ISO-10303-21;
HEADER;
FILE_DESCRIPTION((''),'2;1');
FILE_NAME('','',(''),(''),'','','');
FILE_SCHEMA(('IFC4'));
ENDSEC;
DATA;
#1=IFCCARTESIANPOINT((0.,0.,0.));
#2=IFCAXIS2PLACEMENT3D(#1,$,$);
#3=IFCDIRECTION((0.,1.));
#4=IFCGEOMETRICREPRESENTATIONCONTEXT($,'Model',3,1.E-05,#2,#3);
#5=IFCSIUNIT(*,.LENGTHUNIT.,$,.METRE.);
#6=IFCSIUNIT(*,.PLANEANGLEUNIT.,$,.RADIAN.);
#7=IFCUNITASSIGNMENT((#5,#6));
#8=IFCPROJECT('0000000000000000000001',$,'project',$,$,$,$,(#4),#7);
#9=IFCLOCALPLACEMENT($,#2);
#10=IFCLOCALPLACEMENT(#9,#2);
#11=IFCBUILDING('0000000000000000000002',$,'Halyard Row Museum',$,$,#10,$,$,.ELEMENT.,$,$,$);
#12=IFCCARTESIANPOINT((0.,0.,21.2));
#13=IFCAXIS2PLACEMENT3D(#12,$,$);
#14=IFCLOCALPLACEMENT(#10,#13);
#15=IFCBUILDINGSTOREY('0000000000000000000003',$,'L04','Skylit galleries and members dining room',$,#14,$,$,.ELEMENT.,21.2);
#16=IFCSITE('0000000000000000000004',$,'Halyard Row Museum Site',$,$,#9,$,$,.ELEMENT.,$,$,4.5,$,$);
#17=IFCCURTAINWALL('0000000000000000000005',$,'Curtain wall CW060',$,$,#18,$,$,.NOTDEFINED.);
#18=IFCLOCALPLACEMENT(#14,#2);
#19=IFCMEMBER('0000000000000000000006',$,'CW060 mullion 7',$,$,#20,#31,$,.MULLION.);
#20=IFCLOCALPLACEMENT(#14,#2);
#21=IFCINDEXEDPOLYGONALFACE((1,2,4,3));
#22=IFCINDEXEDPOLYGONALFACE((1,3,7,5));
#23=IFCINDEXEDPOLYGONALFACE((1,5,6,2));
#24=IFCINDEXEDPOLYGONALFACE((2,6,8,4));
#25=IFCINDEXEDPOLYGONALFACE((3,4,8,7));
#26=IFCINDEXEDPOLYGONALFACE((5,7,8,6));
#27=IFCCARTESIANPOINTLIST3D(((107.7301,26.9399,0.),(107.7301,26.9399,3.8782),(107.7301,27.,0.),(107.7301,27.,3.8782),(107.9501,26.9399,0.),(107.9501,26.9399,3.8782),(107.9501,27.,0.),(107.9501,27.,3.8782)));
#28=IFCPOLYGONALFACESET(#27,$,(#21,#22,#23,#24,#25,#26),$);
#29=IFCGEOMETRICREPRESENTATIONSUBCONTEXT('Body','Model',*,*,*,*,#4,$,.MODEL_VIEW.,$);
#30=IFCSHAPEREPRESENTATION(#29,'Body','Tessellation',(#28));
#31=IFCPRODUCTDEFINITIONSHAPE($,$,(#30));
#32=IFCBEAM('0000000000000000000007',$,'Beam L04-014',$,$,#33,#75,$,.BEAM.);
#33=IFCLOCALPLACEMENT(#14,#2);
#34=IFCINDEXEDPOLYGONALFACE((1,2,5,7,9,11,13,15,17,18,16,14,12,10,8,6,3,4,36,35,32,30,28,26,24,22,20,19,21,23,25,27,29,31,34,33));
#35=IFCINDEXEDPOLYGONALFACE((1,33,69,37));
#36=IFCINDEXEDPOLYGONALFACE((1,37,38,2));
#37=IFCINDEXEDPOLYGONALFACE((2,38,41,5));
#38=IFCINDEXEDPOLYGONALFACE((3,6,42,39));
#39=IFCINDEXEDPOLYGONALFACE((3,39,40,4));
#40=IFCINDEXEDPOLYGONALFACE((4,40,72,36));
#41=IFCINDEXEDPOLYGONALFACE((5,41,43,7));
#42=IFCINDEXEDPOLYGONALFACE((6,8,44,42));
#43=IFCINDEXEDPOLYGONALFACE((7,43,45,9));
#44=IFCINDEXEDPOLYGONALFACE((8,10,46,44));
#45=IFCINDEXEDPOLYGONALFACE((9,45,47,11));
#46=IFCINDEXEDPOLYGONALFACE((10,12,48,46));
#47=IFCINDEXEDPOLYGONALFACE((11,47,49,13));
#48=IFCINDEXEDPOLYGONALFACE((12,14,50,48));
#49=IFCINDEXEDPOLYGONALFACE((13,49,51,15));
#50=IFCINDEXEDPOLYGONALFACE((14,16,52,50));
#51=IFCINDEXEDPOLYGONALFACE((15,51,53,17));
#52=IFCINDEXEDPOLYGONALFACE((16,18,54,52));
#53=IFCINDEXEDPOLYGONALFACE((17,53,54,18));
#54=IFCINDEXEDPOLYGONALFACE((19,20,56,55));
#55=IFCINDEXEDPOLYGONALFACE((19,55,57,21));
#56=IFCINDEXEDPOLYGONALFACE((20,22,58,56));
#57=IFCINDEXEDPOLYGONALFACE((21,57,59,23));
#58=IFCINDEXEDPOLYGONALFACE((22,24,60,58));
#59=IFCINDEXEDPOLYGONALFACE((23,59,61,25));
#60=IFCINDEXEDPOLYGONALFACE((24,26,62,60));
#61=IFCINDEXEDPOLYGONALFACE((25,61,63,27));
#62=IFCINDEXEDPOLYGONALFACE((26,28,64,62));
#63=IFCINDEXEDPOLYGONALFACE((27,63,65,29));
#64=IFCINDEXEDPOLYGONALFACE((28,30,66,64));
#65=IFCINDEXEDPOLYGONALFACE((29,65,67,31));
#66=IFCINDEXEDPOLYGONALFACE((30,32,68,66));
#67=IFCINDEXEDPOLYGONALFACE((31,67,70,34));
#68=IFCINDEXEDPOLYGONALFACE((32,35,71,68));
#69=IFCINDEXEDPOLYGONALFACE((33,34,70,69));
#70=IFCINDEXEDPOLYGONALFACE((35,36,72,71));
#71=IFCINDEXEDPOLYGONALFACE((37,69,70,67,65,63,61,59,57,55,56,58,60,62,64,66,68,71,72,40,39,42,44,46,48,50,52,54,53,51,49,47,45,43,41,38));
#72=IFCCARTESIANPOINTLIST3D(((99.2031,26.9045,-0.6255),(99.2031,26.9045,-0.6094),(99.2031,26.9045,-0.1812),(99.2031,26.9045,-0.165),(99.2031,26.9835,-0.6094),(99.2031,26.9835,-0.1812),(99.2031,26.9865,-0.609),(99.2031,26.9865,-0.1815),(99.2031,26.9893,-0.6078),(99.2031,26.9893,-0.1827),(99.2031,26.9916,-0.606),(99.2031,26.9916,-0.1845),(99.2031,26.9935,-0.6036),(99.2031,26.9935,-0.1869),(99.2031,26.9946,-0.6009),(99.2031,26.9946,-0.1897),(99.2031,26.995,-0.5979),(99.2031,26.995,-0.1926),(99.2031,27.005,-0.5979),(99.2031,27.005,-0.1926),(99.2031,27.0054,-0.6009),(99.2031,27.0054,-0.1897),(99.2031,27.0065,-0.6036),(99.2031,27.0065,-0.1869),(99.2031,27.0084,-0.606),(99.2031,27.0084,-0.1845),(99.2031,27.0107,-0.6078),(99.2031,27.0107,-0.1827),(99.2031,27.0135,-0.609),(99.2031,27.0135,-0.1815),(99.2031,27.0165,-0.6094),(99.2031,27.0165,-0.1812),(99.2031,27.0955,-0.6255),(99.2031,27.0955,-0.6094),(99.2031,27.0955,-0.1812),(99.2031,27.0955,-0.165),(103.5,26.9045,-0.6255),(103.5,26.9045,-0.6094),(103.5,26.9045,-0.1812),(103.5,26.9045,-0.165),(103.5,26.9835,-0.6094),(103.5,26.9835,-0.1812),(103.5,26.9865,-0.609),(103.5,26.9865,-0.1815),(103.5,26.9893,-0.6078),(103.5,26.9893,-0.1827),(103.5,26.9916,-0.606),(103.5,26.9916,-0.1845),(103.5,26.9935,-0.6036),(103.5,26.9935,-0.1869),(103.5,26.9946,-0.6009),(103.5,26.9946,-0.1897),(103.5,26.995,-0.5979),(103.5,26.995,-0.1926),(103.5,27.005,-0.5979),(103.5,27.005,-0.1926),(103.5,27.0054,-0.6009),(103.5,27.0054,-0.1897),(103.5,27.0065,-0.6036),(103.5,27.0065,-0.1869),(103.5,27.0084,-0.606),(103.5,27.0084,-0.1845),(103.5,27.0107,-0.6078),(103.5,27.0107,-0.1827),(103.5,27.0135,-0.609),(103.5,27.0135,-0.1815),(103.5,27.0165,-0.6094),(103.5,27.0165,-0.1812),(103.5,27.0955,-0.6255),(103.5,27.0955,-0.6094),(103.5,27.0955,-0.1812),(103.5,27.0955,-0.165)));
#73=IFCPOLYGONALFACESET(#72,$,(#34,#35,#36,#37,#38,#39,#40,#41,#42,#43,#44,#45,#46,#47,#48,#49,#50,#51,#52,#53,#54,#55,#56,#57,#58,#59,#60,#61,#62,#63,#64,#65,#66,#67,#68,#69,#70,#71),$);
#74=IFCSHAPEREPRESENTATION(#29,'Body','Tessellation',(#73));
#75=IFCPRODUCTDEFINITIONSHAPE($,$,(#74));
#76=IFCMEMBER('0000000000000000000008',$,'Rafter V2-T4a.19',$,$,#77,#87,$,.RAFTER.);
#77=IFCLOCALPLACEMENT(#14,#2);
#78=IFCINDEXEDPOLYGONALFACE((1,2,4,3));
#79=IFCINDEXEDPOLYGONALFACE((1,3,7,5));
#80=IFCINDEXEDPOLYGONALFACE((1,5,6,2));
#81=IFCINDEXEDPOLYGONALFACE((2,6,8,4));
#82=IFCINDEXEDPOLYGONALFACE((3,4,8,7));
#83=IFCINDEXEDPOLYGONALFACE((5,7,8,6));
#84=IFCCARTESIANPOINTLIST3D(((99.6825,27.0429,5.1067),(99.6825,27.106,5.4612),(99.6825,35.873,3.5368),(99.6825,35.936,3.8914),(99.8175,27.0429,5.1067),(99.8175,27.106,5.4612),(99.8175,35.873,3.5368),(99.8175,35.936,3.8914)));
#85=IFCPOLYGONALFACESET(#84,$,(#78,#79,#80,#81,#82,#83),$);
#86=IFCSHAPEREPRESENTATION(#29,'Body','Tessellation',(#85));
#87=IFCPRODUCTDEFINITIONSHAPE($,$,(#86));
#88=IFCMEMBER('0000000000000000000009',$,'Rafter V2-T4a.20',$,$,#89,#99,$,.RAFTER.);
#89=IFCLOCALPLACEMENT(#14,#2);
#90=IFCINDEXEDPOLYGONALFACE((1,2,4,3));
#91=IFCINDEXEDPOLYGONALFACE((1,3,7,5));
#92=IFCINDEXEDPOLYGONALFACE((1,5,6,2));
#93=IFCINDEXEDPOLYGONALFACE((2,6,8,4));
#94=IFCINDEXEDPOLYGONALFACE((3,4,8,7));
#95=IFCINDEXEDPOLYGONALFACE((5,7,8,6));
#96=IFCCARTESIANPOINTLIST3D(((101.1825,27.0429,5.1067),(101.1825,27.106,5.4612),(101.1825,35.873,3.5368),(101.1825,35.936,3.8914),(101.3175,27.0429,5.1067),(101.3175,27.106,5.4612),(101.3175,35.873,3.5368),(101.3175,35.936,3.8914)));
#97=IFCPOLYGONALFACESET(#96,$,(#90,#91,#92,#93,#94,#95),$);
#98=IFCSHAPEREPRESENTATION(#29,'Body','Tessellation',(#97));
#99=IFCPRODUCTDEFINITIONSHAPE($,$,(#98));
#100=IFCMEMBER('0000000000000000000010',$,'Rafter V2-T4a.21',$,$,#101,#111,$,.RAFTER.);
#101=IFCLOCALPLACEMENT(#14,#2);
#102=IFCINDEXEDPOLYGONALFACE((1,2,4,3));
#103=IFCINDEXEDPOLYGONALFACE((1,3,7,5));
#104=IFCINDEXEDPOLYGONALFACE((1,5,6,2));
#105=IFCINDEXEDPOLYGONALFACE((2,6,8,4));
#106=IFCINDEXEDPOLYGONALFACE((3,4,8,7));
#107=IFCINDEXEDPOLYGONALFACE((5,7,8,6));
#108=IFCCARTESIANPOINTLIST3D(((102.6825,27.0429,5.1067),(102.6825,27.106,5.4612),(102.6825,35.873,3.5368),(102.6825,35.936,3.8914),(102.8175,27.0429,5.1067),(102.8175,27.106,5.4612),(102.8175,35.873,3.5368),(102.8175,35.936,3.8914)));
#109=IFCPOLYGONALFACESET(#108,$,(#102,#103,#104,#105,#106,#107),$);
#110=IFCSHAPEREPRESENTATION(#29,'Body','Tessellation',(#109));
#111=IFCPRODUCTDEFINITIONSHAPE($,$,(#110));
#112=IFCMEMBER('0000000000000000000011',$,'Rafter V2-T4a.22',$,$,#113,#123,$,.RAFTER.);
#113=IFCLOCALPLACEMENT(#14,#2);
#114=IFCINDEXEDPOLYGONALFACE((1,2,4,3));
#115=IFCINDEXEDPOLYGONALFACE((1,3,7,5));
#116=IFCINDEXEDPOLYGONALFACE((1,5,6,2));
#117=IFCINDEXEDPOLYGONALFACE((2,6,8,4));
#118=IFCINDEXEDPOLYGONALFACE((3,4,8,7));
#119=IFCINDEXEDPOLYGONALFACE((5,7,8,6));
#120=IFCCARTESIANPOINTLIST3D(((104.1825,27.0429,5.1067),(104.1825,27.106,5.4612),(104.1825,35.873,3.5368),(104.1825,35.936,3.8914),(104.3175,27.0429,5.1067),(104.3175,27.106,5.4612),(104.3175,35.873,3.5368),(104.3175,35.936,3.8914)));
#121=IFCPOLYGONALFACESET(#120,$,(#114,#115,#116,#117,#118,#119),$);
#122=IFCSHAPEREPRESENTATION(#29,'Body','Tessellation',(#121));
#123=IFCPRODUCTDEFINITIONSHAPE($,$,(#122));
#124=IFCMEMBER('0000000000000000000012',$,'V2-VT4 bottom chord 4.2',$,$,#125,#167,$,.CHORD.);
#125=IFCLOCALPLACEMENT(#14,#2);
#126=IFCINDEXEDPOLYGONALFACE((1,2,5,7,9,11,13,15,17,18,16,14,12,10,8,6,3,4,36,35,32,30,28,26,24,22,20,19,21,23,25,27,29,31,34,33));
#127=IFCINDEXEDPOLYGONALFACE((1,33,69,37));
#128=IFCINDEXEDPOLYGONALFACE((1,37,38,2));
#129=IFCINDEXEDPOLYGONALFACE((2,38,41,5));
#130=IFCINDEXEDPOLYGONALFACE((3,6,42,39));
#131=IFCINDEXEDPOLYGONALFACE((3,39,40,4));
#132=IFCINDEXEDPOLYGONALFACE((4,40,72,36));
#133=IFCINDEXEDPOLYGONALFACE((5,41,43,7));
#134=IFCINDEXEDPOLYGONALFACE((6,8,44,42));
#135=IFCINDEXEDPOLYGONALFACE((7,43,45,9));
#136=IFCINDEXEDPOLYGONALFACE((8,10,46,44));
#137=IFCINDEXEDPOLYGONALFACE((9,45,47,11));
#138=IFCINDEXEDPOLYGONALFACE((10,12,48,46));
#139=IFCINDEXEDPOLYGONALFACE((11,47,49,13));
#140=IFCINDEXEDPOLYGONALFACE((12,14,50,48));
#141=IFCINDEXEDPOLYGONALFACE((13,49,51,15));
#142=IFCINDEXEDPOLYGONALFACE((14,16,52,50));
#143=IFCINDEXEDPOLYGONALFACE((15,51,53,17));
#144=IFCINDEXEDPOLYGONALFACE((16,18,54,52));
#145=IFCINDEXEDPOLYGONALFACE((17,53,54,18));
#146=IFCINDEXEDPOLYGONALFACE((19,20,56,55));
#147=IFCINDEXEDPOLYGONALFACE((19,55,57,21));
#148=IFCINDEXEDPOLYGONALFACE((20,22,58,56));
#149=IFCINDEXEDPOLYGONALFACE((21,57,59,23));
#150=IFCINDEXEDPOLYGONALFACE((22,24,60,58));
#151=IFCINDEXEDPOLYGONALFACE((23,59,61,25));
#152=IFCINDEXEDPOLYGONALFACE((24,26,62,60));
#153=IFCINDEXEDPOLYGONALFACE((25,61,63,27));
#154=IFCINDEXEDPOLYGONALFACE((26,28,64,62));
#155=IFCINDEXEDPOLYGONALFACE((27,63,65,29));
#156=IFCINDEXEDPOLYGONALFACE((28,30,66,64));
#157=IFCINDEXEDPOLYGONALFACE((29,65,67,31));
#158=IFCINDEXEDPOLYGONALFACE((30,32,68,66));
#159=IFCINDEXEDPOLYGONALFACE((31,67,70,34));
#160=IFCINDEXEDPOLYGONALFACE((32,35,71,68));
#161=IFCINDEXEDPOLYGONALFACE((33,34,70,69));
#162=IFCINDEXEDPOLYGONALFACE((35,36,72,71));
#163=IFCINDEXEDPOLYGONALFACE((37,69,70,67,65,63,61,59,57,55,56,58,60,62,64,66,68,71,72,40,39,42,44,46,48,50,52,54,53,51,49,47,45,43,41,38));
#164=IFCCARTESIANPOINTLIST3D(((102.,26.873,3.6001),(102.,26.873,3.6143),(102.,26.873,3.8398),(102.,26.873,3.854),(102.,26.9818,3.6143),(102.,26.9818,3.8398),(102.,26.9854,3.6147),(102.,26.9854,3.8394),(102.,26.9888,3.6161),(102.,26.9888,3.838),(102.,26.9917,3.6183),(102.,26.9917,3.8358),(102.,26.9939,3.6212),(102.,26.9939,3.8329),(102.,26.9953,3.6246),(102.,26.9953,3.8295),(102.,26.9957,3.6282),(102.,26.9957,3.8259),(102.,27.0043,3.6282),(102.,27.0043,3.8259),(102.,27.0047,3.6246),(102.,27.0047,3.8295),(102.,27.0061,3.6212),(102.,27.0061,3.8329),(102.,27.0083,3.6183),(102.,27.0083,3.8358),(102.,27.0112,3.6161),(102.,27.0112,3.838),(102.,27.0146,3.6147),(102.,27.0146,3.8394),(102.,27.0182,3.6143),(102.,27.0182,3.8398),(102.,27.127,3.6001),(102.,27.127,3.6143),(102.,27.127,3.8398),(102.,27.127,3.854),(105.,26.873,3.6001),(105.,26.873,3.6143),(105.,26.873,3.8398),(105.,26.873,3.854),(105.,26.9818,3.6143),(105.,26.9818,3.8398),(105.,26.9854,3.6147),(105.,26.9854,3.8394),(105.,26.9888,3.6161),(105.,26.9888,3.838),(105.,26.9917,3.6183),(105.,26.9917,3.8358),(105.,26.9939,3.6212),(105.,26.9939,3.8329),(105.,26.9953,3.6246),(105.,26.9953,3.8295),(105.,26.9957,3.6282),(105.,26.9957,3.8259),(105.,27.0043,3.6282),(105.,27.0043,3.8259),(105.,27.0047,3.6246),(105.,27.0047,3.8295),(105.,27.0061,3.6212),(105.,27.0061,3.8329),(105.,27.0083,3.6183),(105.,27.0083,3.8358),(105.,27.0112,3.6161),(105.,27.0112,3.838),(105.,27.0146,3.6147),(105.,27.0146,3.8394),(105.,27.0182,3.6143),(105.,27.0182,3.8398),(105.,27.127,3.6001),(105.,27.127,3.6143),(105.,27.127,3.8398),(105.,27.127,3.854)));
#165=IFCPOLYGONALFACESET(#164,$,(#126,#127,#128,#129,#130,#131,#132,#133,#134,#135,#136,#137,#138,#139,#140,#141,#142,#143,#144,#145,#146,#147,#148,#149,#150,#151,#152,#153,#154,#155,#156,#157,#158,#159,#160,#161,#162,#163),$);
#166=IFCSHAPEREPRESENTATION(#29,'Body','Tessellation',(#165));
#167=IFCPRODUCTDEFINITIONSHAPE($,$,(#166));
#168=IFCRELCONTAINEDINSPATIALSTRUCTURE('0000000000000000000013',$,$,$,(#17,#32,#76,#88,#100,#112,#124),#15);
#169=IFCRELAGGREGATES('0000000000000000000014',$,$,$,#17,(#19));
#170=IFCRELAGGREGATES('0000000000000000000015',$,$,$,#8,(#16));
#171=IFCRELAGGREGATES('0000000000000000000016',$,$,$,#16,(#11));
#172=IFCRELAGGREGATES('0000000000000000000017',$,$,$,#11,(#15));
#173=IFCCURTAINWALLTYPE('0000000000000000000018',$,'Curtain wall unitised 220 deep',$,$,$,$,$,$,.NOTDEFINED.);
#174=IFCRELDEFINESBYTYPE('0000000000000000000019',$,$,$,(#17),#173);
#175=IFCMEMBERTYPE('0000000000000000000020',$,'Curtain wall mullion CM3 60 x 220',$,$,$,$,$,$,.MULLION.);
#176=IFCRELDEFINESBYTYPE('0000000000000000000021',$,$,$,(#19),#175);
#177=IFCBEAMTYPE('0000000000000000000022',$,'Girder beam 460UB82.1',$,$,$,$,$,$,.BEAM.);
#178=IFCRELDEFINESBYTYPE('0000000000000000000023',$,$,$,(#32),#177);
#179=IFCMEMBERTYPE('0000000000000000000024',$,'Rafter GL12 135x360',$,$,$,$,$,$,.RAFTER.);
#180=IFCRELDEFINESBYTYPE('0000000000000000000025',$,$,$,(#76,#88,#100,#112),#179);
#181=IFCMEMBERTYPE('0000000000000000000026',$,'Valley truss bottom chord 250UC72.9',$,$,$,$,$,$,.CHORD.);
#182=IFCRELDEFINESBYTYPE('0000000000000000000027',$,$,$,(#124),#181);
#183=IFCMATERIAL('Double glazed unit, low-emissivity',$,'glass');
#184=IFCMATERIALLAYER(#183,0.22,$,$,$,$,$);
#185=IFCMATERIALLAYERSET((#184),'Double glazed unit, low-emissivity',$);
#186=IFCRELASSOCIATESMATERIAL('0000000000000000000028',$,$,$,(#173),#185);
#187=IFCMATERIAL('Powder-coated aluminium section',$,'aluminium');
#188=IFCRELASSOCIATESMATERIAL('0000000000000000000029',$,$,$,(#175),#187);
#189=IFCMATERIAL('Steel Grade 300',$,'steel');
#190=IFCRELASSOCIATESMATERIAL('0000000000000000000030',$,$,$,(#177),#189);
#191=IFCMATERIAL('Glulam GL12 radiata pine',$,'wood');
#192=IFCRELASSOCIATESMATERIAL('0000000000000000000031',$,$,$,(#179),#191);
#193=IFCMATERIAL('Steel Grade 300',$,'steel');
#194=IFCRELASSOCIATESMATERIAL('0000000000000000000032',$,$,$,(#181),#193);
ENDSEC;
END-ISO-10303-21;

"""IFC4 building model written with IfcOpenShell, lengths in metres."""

from ifc_helpers import new_model, si_unit, direction, frame, origin, origin_2d, place, context, subcontext, project, spatial, rectangle, i_section, extrude, material, layer, layer_set, material_profile, profile_set, type_object, element, aggregate, save


model = new_model("IFC4")

# Units and contexts
model_context = context("Model", 3, precision=1e-05, world=origin(), true_north=direction((0.0, 1.0)))
body_context = subcontext(model_context, "Body", "Model", "MODEL_VIEW")
ifc_project = project(units=[si_unit("LENGTHUNIT", "METRE"), si_unit("PLANEANGLEUNIT", "RADIAN")], contexts=[model_context])

# Site, building, storey
site_placement = place(None, origin())
site = spatial("IfcSite", under=ifc_project, at=site_placement, Name="Halyard Row Museum Site", CompositionType="ELEMENT", RefElevation=4.5)
building_placement = place(site_placement, origin())
building = spatial("IfcBuilding", under=site, at=building_placement, Name="Halyard Row Museum", CompositionType="ELEMENT")
storey_placement = place(building_placement, frame((0.0, 0.0, 21.2)))
storey = spatial("IfcBuildingStorey", under=building, at=storey_placement, Name="L04", Description="Skylit galleries and members dining room", CompositionType="ELEMENT", Elevation=21.2)

# Curtain wall, member
ifc_material_1 = material(Name="Double glazed unit, low-emissivity", Category="glass")
ifc_layer_1 = layer(ifc_material_1, 0.22)
ifc_layer_set_1 = layer_set([ifc_layer_1], Name="Double glazed unit, low-emissivity")
curtain_wall_type = type_object("IfcCurtainWallType", Name="Curtain wall unitised 220 deep", PredefinedType="NOTDEFINED", material=ifc_layer_set_1)
curtain_wall_placement = place(storey_placement, origin())
curtain_wall = element("IfcCurtainWall", 1, at=curtain_wall_placement, inside=storey, type_object=curtain_wall_type, Name="Curtain wall CW060", PredefinedType="NOTDEFINED")
ifc_material_2 = material(Name="Powder-coated aluminium section", Category="aluminium")
ifc_material_profile_1 = material_profile(ifc_material_2, rectangle(XDim=0.22, YDim=0.0601, at=origin_2d()), Name="220x60 mullion")
ifc_profile_set_1 = profile_set([ifc_material_profile_1], Name="Powder-coated aluminium section")
member_type_1 = type_object("IfcMemberType", Name="Curtain wall mullion CM3 60 x 220", PredefinedType="MULLION", material=ifc_profile_set_1)
member_1_placement = place(storey_placement, frame((107.8401, 26.97, 0.0), z_axis=(0.0, 0.0, 1.0), x_axis=(-1.0, 0.0, 0.0)))
member_1 = element("IfcMember", 2, at=member_1_placement, type_object=member_type_1, Name="CW060 mullion 7", PredefinedType="MULLION", context=body_context, shape_type="SweptSolid", body=[
    extrude(rectangle(XDim=0.22, YDim=0.0601, at=origin_2d()), origin(), (0.0, 0.0, 1.0), 3.8782),
])

# Beam
ifc_material_3 = material(Name="Steel Grade 300", Category="steel")
ifc_material_profile_2 = material_profile(ifc_material_3, i_section(OverallWidth=0.1909, OverallDepth=0.4604, WebThickness=0.01, FlangeThickness=0.0161, FilletRadius=0.0115, at=origin_2d()), Name="460UB82.1")
ifc_profile_set_2 = profile_set([ifc_material_profile_2], Name="Steel Grade 300")
beam_type = type_object("IfcBeamType", Name="Girder beam 460UB82.1", PredefinedType="BEAM", material=ifc_profile_set_2)
beam_placement = place(storey_placement, frame((99.2031, 27.0, -0.3953), z_axis=(1.0, 0.0, 0.0), x_axis=(0.0, 1.0, 0.0)))
element("IfcBeam", 3, at=beam_placement, inside=storey, type_object=beam_type, Name="Beam L04-014", PredefinedType="BEAM", context=body_context, shape_type="SweptSolid", body=[
    extrude(i_section(OverallWidth=0.1909, OverallDepth=0.4604, WebThickness=0.01, FlangeThickness=0.0161, FilletRadius=0.0115, at=origin_2d()), origin(), (0.0, 0.0, 1.0), 4.2969),
])

# Members
ifc_material_4 = material(Name="Glulam GL12 radiata pine", Category="wood")
ifc_material_profile_3 = material_profile(ifc_material_4, rectangle(XDim=0.135, YDim=0.3601, at=origin_2d()), Name="GL12 135x360")
ifc_profile_set_3 = profile_set([ifc_material_profile_3], Name="Glulam GL12 radiata pine")
member_type_2 = type_object("IfcMemberType", Name="Rafter GL12 135x360", PredefinedType="RAFTER", material=ifc_profile_set_3)
for number, where, z_axis, x_axis, name in (
    (4, (99.75, 27.0745, 5.2839), (0.0, 0.984562, -0.175037), (-1.0, 0.0, 0.0), "Rafter V2-T4a.19"),
    (5, (101.25, 27.0745, 5.2839), (0.0, 0.984562, -0.175037), (-1.0, 0.0, 0.0), "Rafter V2-T4a.20"),
    (6, (102.75, 27.0745, 5.2839), (0.0, 0.984562, -0.175037), (-1.0, 0.0, 0.0), "Rafter V2-T4a.21"),
    (7, (104.25, 27.0745, 5.2839), (0.0, 0.984562, -0.175037), (-1.0, 0.0, 0.0), "Rafter V2-T4a.22"),
):
    element("IfcMember", number, at=place(storey_placement, frame(where, z_axis=z_axis, x_axis=x_axis)), inside=storey, type_object=member_type_2, Name=name, PredefinedType="RAFTER", context=body_context, shape_type="SweptSolid", body=[
        extrude(rectangle(XDim=0.135, YDim=0.3601, at=origin_2d()), origin(), (0.0, 0.0, 1.0), 8.9685),
    ])
ifc_material_5 = material(Name="Steel Grade 300", Category="steel")
ifc_material_profile_4 = material_profile(ifc_material_5, i_section(OverallWidth=0.2539, OverallDepth=0.2539, WebThickness=0.0085, FlangeThickness=0.0142, FilletRadius=0.0139, at=origin_2d()), Name="250UC72.9")
ifc_profile_set_4 = profile_set([ifc_material_profile_4], Name="Steel Grade 300")
member_type_3 = type_object("IfcMemberType", Name="Valley truss bottom chord 250UC72.9", PredefinedType="CHORD", material=ifc_profile_set_4)
for number, where, z_axis, x_axis, name in (
    (8, (102.0, 27.0, 3.7271), (1.0, 0.0, 0.0), (0.0, 1.0, 0.0), "V2-VT4 bottom chord 4.2"),
):
    element("IfcMember", number, at=place(storey_placement, frame(where, z_axis=z_axis, x_axis=x_axis)), inside=storey, type_object=member_type_3, Name=name, PredefinedType="CHORD", context=body_context, shape_type="SweptSolid", body=[
        extrude(i_section(OverallWidth=0.2539, OverallDepth=0.2539, WebThickness=0.0085, FlangeThickness=0.0142, FilletRadius=0.0139, at=origin_2d()), origin(), (0.0, 0.0, 1.0), 3.0),
    ])

aggregate(curtain_wall, [member_1])

save(model, "model.ifc")
